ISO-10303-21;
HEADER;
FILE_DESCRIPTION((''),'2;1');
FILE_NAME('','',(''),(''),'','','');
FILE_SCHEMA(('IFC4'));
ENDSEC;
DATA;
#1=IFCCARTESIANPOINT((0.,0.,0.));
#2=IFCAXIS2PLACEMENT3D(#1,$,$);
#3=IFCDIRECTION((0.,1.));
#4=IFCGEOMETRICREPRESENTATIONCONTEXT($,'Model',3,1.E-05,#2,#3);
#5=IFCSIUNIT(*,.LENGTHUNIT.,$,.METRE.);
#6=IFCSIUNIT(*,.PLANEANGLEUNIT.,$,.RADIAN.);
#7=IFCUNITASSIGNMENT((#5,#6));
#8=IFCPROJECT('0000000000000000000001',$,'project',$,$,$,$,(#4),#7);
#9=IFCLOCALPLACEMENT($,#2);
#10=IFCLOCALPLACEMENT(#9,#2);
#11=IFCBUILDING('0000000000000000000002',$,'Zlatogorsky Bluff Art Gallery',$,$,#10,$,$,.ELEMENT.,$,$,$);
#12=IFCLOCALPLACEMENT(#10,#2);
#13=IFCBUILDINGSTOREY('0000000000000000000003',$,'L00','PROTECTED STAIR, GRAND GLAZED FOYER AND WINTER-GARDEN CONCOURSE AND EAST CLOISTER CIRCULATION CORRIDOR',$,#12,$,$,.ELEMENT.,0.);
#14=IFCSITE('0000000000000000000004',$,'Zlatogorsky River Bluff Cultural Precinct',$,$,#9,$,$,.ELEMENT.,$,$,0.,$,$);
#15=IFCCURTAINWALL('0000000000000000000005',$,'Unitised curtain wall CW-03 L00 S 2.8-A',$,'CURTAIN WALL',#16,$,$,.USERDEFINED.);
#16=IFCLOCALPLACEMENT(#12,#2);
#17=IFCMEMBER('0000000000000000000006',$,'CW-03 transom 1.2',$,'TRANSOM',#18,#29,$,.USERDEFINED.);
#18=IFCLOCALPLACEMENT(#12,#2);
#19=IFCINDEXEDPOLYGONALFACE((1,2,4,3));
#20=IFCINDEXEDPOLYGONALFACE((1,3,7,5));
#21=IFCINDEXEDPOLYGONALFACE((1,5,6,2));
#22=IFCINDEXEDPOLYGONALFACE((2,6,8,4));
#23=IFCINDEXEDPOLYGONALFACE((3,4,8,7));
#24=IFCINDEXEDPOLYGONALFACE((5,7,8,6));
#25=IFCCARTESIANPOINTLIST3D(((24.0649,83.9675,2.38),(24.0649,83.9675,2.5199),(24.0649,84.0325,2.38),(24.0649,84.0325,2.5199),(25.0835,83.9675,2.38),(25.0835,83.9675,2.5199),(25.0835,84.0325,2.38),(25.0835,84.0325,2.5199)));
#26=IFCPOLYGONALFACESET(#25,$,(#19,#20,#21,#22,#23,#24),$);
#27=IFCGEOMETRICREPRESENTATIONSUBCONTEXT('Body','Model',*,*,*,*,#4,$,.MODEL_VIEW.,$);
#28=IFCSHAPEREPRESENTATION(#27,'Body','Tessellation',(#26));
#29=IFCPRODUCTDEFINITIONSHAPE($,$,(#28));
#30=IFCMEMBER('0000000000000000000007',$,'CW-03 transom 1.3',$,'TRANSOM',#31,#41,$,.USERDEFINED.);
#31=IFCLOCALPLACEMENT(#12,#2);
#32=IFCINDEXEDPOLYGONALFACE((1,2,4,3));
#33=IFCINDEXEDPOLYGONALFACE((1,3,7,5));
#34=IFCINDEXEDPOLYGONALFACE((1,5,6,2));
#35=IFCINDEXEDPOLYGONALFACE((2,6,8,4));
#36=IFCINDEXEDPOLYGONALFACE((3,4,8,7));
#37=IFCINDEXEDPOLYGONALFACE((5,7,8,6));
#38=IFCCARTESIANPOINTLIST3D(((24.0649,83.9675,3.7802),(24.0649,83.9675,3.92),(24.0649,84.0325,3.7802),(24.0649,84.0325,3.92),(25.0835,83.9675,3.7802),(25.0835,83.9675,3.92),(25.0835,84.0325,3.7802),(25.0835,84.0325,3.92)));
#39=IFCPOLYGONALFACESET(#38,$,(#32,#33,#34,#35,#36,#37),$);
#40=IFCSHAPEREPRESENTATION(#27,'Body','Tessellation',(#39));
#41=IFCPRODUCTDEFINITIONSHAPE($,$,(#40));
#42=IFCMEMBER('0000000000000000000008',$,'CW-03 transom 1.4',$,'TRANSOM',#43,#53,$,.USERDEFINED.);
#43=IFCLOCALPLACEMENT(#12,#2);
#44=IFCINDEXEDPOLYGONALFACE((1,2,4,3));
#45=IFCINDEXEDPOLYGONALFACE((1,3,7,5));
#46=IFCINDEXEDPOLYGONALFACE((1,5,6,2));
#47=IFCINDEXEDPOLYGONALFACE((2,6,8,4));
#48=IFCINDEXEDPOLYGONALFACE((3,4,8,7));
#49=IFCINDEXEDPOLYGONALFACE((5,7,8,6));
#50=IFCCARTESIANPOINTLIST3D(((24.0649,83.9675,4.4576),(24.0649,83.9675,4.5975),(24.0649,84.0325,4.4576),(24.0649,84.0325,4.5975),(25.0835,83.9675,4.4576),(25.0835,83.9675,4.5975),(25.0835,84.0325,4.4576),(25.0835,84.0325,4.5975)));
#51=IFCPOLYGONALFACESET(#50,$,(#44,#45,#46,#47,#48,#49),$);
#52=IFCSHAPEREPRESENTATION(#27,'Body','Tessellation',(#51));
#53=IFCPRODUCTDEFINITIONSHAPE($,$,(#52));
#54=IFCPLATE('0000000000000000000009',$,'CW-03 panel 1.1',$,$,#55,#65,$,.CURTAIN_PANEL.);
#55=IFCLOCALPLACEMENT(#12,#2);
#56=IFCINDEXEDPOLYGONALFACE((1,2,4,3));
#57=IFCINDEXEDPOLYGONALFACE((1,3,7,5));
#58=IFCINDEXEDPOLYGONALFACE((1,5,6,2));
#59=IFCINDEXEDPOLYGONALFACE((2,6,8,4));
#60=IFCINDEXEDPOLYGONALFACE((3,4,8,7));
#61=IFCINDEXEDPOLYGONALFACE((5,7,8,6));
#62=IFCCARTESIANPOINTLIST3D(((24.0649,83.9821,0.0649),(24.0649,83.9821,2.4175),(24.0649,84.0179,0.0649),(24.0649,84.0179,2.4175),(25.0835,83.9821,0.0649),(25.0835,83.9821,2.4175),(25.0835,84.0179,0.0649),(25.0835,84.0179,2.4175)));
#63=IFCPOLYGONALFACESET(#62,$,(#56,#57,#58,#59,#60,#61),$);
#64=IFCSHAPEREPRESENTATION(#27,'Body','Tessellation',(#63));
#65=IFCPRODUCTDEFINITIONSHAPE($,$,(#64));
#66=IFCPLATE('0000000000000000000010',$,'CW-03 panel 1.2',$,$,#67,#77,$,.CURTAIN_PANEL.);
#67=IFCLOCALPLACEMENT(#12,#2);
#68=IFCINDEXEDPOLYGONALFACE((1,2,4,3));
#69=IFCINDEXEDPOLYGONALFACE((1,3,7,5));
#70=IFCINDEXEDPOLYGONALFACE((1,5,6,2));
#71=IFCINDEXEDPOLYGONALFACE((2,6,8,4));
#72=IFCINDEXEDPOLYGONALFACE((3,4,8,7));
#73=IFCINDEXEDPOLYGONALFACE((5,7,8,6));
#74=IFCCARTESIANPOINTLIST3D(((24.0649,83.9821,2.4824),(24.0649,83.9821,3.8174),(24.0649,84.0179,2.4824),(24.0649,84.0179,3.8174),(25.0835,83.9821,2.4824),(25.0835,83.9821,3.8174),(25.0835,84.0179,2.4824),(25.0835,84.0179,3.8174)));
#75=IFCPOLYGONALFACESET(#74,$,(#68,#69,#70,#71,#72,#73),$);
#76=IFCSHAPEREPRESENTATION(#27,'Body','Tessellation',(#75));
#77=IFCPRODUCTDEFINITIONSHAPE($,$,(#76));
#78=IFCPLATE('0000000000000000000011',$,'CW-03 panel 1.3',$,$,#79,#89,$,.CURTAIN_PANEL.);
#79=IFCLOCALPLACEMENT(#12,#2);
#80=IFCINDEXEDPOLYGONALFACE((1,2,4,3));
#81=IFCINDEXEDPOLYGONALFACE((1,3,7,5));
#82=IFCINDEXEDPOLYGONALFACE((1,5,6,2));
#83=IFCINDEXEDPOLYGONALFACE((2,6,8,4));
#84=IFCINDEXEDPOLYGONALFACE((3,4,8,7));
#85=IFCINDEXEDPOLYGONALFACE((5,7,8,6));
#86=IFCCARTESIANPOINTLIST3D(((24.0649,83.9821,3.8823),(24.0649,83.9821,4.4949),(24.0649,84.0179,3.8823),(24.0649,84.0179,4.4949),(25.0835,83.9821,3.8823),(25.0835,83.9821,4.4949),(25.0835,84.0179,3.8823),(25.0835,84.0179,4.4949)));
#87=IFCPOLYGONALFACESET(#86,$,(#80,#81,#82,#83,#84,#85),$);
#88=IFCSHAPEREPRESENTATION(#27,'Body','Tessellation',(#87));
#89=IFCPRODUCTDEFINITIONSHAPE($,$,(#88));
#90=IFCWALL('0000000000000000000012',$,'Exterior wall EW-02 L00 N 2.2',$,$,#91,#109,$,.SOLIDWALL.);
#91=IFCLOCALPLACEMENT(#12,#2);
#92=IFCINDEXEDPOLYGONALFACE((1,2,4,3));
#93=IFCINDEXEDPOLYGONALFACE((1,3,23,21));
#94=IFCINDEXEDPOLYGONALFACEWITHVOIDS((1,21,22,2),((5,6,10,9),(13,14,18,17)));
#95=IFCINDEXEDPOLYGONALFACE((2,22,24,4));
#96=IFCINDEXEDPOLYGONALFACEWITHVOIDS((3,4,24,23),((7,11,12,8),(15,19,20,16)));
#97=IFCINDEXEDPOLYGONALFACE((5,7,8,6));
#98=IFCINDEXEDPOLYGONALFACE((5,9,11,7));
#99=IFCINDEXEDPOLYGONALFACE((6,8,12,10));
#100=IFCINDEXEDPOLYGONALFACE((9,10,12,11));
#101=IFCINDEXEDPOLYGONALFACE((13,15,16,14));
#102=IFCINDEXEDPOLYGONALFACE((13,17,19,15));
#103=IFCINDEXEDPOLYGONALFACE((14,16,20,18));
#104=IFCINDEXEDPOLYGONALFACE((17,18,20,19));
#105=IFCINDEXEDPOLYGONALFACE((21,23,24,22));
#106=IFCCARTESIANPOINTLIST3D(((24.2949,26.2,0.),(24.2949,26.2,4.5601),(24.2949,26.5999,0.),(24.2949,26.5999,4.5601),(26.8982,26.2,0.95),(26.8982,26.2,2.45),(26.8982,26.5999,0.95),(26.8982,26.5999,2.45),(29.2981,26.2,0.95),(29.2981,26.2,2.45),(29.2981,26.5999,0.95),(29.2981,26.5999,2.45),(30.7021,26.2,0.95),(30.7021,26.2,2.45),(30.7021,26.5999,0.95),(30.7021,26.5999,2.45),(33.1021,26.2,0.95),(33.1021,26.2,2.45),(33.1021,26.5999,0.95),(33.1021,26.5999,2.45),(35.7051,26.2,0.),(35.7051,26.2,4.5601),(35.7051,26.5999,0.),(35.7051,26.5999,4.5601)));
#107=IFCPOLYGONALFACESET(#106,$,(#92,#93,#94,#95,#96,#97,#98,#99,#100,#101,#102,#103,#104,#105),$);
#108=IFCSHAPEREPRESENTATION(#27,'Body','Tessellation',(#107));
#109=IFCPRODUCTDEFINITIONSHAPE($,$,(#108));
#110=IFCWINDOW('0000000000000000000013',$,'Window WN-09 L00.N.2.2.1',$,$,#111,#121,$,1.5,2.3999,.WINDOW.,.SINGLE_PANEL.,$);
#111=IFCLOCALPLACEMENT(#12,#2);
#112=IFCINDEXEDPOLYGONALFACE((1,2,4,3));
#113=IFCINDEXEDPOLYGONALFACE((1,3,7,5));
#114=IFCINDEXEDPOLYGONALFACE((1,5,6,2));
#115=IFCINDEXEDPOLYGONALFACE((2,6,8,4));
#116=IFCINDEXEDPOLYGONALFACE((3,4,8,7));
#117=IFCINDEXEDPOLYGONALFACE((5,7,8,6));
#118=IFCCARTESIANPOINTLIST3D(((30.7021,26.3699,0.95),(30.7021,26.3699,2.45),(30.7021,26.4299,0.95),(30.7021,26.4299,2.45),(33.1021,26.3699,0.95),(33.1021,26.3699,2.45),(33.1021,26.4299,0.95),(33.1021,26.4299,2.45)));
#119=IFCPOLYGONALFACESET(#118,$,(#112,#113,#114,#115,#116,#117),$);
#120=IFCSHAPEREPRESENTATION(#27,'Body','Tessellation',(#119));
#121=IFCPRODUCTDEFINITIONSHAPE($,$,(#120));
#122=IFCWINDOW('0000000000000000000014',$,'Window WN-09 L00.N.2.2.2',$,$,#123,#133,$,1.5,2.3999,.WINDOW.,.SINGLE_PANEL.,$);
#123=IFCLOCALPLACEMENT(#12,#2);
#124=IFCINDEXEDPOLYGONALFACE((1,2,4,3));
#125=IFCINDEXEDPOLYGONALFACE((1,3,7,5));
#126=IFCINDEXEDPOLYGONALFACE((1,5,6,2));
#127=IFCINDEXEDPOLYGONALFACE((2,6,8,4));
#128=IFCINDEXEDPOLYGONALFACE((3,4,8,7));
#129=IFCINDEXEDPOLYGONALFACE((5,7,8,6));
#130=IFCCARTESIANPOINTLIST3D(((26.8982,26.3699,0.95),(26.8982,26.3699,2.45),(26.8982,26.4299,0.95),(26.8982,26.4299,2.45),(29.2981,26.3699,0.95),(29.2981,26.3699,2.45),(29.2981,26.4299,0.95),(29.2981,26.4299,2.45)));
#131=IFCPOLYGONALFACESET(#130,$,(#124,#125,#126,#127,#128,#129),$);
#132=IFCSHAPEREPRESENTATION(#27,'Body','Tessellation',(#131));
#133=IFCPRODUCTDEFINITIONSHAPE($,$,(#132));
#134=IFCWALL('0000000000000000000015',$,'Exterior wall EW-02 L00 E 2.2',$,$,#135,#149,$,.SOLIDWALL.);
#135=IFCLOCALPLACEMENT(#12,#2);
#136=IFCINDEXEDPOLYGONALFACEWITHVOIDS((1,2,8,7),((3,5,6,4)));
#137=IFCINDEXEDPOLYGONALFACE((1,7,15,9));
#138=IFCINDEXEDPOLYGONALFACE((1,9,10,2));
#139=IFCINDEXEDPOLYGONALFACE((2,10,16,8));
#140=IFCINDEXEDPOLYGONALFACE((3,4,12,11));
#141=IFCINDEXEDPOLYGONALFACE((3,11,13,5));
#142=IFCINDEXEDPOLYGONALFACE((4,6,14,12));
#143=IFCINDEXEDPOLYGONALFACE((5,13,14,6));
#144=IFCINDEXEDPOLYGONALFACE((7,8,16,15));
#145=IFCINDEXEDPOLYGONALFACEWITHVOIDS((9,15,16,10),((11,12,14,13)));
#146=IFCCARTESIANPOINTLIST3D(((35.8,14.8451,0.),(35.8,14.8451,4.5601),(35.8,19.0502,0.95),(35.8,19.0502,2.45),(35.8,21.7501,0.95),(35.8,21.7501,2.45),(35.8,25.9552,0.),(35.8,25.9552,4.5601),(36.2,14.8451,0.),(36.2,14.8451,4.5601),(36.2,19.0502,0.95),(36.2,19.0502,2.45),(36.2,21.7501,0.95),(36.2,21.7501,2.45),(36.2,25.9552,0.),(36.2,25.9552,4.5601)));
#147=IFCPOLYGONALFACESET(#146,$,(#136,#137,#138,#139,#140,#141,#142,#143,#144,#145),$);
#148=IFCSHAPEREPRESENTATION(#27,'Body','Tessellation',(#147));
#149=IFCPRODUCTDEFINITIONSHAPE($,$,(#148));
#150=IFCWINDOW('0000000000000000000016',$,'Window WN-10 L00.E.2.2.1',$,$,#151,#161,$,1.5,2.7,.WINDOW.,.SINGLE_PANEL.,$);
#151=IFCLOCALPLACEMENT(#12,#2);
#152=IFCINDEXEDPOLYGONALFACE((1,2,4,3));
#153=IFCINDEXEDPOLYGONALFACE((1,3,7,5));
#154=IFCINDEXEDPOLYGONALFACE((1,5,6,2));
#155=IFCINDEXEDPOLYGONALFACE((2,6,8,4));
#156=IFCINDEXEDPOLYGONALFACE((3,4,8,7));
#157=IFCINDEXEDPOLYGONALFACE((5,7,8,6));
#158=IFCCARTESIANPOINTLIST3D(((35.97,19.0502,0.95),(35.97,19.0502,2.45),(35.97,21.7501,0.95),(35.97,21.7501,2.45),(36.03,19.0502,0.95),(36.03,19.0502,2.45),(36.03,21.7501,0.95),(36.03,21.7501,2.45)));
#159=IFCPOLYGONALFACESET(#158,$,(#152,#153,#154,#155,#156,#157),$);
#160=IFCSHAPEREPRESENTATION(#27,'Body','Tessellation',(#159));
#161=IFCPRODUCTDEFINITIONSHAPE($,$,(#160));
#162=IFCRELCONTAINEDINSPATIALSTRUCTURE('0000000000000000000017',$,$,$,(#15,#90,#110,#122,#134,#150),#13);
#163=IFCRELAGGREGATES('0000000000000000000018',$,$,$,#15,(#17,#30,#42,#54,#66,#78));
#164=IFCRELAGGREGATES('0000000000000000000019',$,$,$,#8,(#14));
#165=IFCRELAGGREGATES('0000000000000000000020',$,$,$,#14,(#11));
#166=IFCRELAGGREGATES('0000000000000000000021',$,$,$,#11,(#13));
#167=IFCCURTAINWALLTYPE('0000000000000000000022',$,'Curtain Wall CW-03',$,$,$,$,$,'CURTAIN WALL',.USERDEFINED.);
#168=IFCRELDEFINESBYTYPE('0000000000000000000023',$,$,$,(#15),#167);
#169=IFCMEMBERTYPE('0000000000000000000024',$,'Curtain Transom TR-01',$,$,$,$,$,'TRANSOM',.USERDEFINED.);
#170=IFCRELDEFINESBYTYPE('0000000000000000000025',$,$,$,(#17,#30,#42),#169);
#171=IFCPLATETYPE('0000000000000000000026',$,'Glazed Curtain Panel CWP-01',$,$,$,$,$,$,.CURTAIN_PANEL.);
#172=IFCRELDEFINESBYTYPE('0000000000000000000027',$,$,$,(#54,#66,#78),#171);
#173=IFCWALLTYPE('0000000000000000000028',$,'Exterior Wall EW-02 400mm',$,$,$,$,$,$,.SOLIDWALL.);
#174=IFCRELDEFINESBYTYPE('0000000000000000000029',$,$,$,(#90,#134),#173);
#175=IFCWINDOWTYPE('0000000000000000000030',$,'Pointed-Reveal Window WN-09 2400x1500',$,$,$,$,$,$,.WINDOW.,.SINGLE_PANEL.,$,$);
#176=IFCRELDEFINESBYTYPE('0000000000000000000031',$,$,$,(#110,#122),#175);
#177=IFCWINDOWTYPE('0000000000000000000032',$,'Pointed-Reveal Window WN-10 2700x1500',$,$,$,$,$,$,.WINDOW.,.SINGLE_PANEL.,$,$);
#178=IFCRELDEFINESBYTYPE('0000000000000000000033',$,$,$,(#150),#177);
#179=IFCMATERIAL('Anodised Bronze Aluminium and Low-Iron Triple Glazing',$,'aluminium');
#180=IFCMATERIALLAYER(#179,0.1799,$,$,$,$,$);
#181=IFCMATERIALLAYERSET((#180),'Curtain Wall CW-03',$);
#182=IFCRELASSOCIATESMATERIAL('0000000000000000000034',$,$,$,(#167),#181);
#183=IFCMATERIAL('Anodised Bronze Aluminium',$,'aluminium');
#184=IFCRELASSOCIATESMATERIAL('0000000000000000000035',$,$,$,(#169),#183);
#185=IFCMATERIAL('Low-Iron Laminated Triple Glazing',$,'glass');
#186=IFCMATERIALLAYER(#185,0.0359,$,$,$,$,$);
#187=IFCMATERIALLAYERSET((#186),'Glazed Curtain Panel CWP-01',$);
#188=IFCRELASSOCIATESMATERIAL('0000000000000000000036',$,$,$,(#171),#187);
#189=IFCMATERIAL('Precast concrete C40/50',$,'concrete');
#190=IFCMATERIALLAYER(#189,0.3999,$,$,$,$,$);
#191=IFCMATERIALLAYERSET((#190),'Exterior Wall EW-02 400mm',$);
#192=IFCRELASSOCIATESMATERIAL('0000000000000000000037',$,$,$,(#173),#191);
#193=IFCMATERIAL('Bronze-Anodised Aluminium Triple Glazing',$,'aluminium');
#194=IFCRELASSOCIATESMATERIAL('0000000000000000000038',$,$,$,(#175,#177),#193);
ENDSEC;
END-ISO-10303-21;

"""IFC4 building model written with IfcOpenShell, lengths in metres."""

from ifc_helpers import new_model, si_unit, direction, frame, frame_2d, origin, origin_2d, place, context, subcontext, project, spatial, rectangle, extrude, material, layer, layer_set, material_profile, profile_set, type_object, element, fill, aggregate, save


model = new_model("IFC4")

# Units and contexts
model_context = context("Model", 3, precision=1e-05, world=origin(), true_north=direction((0.0, 1.0)))
body_context = subcontext(model_context, "Body", "Model", "MODEL_VIEW")
ifc_project = project(units=[si_unit("LENGTHUNIT", "METRE"), si_unit("PLANEANGLEUNIT", "RADIAN")], contexts=[model_context])

# Site, building, storey
site_placement = place(None, origin())
site = spatial("IfcSite", under=ifc_project, at=site_placement, Name="Zlatogorsky River Bluff Cultural Precinct", CompositionType="ELEMENT", RefElevation=0.0)
building_placement = place(site_placement, origin())
building = spatial("IfcBuilding", under=site, at=building_placement, Name="Zlatogorsky Bluff Art Gallery", CompositionType="ELEMENT")
storey_placement = place(building_placement, origin())
storey = spatial("IfcBuildingStorey", under=building, at=storey_placement, Name="L00", Description="PROTECTED STAIR, GRAND GLAZED FOYER AND WINTER-GARDEN CONCOURSE AND EAST CLOISTER CIRCULATION CORRIDOR", CompositionType="ELEMENT", Elevation=0.0)

# Curtain wall, members, plates
ifc_material_1 = material(Name="Anodised Bronze Aluminium and Low-Iron Triple Glazing", Category="aluminium")
ifc_layer_1 = layer(ifc_material_1, 0.1799)
ifc_layer_set_1 = layer_set([ifc_layer_1], Name="Curtain Wall CW-03")
curtain_wall_type = type_object("IfcCurtainWallType", Name="Curtain Wall CW-03", ElementType="CURTAIN WALL", PredefinedType="USERDEFINED", material=ifc_layer_set_1)
curtain_wall_placement = place(storey_placement, origin())
curtain_wall = element("IfcCurtainWall", 1, at=curtain_wall_placement, inside=storey, type_object=curtain_wall_type, Name="Unitised curtain wall CW-03 L00 S 2.8-A", ObjectType="CURTAIN WALL", PredefinedType="USERDEFINED")
ifc_material_2 = material(Name="Anodised Bronze Aluminium", Category="aluminium")
ifc_material_profile_1 = material_profile(ifc_material_2, rectangle(XDim=0.0649, YDim=0.1399, at=origin_2d()), Name="ALU TRANSOM 65x140")
ifc_profile_set_1 = profile_set([ifc_material_profile_1], Name="Anodised Bronze Aluminium")
member_type = type_object("IfcMemberType", Name="Curtain Transom TR-01", ElementType="TRANSOM", PredefinedType="USERDEFINED", material=ifc_profile_set_1)
member_1_placement = place(storey_placement, frame((24.0649, 84.0, 2.45), z_axis=(1.0, 0.0, 0.0), x_axis=(0.0, 1.0, 0.0)))
member_1 = element("IfcMember", 2, at=member_1_placement, type_object=member_type, Name="CW-03 transom 1.2", ObjectType="TRANSOM", PredefinedType="USERDEFINED", context=body_context, shape_type="SweptSolid", body=[
    extrude(rectangle(XDim=0.0649, YDim=0.1399, at=origin_2d()), origin(), (0.0, 0.0, 1.0), 1.0186),
])
member_2_placement = place(storey_placement, frame((24.0649, 84.0, 3.8501), z_axis=(1.0, 0.0, 0.0), x_axis=(0.0, 1.0, 0.0)))
member_2 = element("IfcMember", 3, at=member_2_placement, type_object=member_type, Name="CW-03 transom 1.3", ObjectType="TRANSOM", PredefinedType="USERDEFINED", context=body_context, shape_type="SweptSolid", body=[
    extrude(rectangle(XDim=0.0649, YDim=0.1399, at=origin_2d()), origin(), (0.0, 0.0, 1.0), 1.0186),
])
member_3_placement = place(storey_placement, frame((24.0649, 84.0, 4.5276), z_axis=(1.0, 0.0, 0.0), x_axis=(0.0, 1.0, 0.0)))
member_3 = element("IfcMember", 4, at=member_3_placement, type_object=member_type, Name="CW-03 transom 1.4", ObjectType="TRANSOM", PredefinedType="USERDEFINED", context=body_context, shape_type="SweptSolid", body=[
    extrude(rectangle(XDim=0.0649, YDim=0.1399, at=origin_2d()), origin(), (0.0, 0.0, 1.0), 1.0186),
])
ifc_material_3 = material(Name="Low-Iron Laminated Triple Glazing", Category="glass")
ifc_layer_2 = layer(ifc_material_3, 0.0359)
ifc_layer_set_2 = layer_set([ifc_layer_2], Name="Glazed Curtain Panel CWP-01")
plate_type = type_object("IfcPlateType", Name="Glazed Curtain Panel CWP-01", PredefinedType="CURTAIN_PANEL", material=ifc_layer_set_2)
plate_1_placement = place(storey_placement, frame((24.5742, 84.0, 0.0649), z_axis=(0.0, 0.0, 1.0), x_axis=(1.0, 0.0, 0.0)))
plate_1 = element("IfcPlate", 5, at=plate_1_placement, type_object=plate_type, Name="CW-03 panel 1.1", PredefinedType="CURTAIN_PANEL", context=body_context, shape_type="SweptSolid", body=[
    extrude(rectangle(XDim=1.0186, YDim=0.0359, at=origin_2d()), origin(), (0.0, 0.0, 1.0), 2.3525),
])
plate_2_placement = place(storey_placement, frame((24.5742, 84.0, 2.4824), z_axis=(0.0, 0.0, 1.0), x_axis=(1.0, 0.0, 0.0)))
plate_2 = element("IfcPlate", 6, at=plate_2_placement, type_object=plate_type, Name="CW-03 panel 1.2", PredefinedType="CURTAIN_PANEL", context=body_context, shape_type="SweptSolid", body=[
    extrude(rectangle(XDim=1.0186, YDim=0.0359, at=origin_2d()), origin(), (0.0, 0.0, 1.0), 1.335),
])
plate_3_placement = place(storey_placement, frame((24.5742, 84.0, 3.8823), z_axis=(0.0, 0.0, 1.0), x_axis=(1.0, 0.0, 0.0)))
plate_3 = element("IfcPlate", 7, at=plate_3_placement, type_object=plate_type, Name="CW-03 panel 1.3", PredefinedType="CURTAIN_PANEL", context=body_context, shape_type="SweptSolid", body=[
    extrude(rectangle(XDim=1.0186, YDim=0.0359, at=origin_2d()), origin(), (0.0, 0.0, 1.0), 0.6125),
])
aggregate(curtain_wall, [member_1, member_2, member_3, plate_1, plate_2, plate_3])

# Wall, openings, windows
ifc_material_4 = material(Name="Precast concrete C40/50", Category="concrete")
ifc_layer_3 = layer(ifc_material_4, 0.3999)
ifc_layer_set_3 = layer_set([ifc_layer_3], Name="Exterior Wall EW-02 400mm")
wall_type = type_object("IfcWallType", Name="Exterior Wall EW-02 400mm", PredefinedType="SOLIDWALL", material=ifc_layer_set_3)
wall_1_placement = place(storey_placement, frame((35.7051, 26.3999, 0.0), z_axis=(0.0, 0.0, 1.0), x_axis=(-1.0, 0.0, 0.0)))
wall_1 = element("IfcWall", 8, at=wall_1_placement, inside=storey, type_object=wall_type, Name="Exterior wall EW-02 L00 N 2.2", PredefinedType="SOLIDWALL", context=body_context, shape_type="SweptSolid", body=[
    extrude(rectangle(XDim=11.4102, YDim=0.3999, at=frame_2d((5.7051, 0.0))), origin(), (0.0, 0.0, 1.0), 4.5601),
])
opening_1_placement = place(wall_1_placement, frame((2.603, 0.0, 0.95)))
opening_1 = element("IfcOpeningElement", 9, at=opening_1_placement, cuts=wall_1, PredefinedType="OPENING", context=body_context, shape_type="SweptSolid", body=[
    extrude(rectangle(XDim=2.3999, YDim=1.5, at=frame_2d((1.2, 0.75))), frame((0.0, 0.21, 0.0), z_axis=(0.0, -1.0, 0.0), x_axis=(1.0, 0.0, 0.0)), (0.0, 0.0, 1.0), 0.4199),
])
opening_2_placement = place(wall_1_placement, frame((6.407, 0.0, 0.95)))
opening_2 = element("IfcOpeningElement", 10, at=opening_2_placement, cuts=wall_1, PredefinedType="OPENING", context=body_context, shape_type="SweptSolid", body=[
    extrude(rectangle(XDim=2.3999, YDim=1.5, at=frame_2d((1.2, 0.75))), frame((0.0, 0.21, 0.0), z_axis=(0.0, -1.0, 0.0), x_axis=(1.0, 0.0, 0.0)), (0.0, 0.0, 1.0), 0.4199),
])
ifc_material_5 = material(Name="Bronze-Anodised Aluminium Triple Glazing", Category="aluminium")
window_type_1 = type_object("IfcWindowType", Name="Pointed-Reveal Window WN-09 2400x1500", PartitioningType="SINGLE_PANEL", PredefinedType="WINDOW", material=ifc_material_5)
window_1_placement = place(opening_1_placement, origin())
window_1 = element("IfcWindow", 11, at=window_1_placement, inside=storey, type_object=window_type_1, Name="Window WN-09 L00.N.2.2.1", OverallHeight=1.5, OverallWidth=2.3999, PartitioningType="SINGLE_PANEL", PredefinedType="WINDOW", context=body_context, shape_type="SweptSolid", body=[
    extrude(rectangle(XDim=2.3999, YDim=1.5, at=frame_2d((1.2, 0.75))), frame((0.0, 0.03, 0.0), z_axis=(0.0, -1.0, 0.0), x_axis=(1.0, 0.0, 0.0)), (0.0, 0.0, 1.0), 0.0601),
])
fill(opening_1, window_1)
window_2_placement = place(opening_2_placement, origin())
window_2 = element("IfcWindow", 12, at=window_2_placement, inside=storey, type_object=window_type_1, Name="Window WN-09 L00.N.2.2.2", OverallHeight=1.5, OverallWidth=2.3999, PartitioningType="SINGLE_PANEL", PredefinedType="WINDOW", context=body_context, shape_type="SweptSolid", body=[
    extrude(rectangle(XDim=2.3999, YDim=1.5, at=frame_2d((1.2, 0.75))), frame((0.0, 0.03, 0.0), z_axis=(0.0, -1.0, 0.0), x_axis=(1.0, 0.0, 0.0)), (0.0, 0.0, 1.0), 0.0601),
])
fill(opening_2, window_2)

# Wall, opening, window
wall_2_placement = place(storey_placement, frame((36.0, 14.845, 0.0), z_axis=(0.0, 0.0, 1.0), x_axis=(0.0, 1.0, 0.0)))
wall_2 = element("IfcWall", 13, at=wall_2_placement, inside=storey, type_object=wall_type, Name="Exterior wall EW-02 L00 E 2.2", PredefinedType="SOLIDWALL", context=body_context, shape_type="SweptSolid", body=[
    extrude(rectangle(XDim=11.1101, YDim=0.3999, at=frame_2d((5.5552, 0.0))), origin(), (0.0, 0.0, 1.0), 4.5601),
])
opening_3_placement = place(wall_2_placement, frame((4.2051, 0.0, 0.95)))
opening_3 = element("IfcOpeningElement", 14, at=opening_3_placement, cuts=wall_2, PredefinedType="OPENING", context=body_context, shape_type="SweptSolid", body=[
    extrude(rectangle(XDim=2.7, YDim=1.5, at=frame_2d((1.3501, 0.75))), frame((0.0, 0.21, 0.0), z_axis=(0.0, -1.0, 0.0), x_axis=(1.0, 0.0, 0.0)), (0.0, 0.0, 1.0), 0.4199),
])
window_type_2 = type_object("IfcWindowType", Name="Pointed-Reveal Window WN-10 2700x1500", PartitioningType="SINGLE_PANEL", PredefinedType="WINDOW", material=ifc_material_5)
window_3_placement = place(opening_3_placement, origin())
window_3 = element("IfcWindow", 15, at=window_3_placement, inside=storey, type_object=window_type_2, Name="Window WN-10 L00.E.2.2.1", OverallHeight=1.5, OverallWidth=2.7, PartitioningType="SINGLE_PANEL", PredefinedType="WINDOW", context=body_context, shape_type="SweptSolid", body=[
    extrude(rectangle(XDim=2.7, YDim=1.5, at=frame_2d((1.3501, 0.75))), frame((0.0, 0.03, 0.0), z_axis=(0.0, -1.0, 0.0), x_axis=(1.0, 0.0, 0.0)), (0.0, 0.0, 1.0), 0.0601),
])
fill(opening_3, window_3)

save(model, "model.ifc")
